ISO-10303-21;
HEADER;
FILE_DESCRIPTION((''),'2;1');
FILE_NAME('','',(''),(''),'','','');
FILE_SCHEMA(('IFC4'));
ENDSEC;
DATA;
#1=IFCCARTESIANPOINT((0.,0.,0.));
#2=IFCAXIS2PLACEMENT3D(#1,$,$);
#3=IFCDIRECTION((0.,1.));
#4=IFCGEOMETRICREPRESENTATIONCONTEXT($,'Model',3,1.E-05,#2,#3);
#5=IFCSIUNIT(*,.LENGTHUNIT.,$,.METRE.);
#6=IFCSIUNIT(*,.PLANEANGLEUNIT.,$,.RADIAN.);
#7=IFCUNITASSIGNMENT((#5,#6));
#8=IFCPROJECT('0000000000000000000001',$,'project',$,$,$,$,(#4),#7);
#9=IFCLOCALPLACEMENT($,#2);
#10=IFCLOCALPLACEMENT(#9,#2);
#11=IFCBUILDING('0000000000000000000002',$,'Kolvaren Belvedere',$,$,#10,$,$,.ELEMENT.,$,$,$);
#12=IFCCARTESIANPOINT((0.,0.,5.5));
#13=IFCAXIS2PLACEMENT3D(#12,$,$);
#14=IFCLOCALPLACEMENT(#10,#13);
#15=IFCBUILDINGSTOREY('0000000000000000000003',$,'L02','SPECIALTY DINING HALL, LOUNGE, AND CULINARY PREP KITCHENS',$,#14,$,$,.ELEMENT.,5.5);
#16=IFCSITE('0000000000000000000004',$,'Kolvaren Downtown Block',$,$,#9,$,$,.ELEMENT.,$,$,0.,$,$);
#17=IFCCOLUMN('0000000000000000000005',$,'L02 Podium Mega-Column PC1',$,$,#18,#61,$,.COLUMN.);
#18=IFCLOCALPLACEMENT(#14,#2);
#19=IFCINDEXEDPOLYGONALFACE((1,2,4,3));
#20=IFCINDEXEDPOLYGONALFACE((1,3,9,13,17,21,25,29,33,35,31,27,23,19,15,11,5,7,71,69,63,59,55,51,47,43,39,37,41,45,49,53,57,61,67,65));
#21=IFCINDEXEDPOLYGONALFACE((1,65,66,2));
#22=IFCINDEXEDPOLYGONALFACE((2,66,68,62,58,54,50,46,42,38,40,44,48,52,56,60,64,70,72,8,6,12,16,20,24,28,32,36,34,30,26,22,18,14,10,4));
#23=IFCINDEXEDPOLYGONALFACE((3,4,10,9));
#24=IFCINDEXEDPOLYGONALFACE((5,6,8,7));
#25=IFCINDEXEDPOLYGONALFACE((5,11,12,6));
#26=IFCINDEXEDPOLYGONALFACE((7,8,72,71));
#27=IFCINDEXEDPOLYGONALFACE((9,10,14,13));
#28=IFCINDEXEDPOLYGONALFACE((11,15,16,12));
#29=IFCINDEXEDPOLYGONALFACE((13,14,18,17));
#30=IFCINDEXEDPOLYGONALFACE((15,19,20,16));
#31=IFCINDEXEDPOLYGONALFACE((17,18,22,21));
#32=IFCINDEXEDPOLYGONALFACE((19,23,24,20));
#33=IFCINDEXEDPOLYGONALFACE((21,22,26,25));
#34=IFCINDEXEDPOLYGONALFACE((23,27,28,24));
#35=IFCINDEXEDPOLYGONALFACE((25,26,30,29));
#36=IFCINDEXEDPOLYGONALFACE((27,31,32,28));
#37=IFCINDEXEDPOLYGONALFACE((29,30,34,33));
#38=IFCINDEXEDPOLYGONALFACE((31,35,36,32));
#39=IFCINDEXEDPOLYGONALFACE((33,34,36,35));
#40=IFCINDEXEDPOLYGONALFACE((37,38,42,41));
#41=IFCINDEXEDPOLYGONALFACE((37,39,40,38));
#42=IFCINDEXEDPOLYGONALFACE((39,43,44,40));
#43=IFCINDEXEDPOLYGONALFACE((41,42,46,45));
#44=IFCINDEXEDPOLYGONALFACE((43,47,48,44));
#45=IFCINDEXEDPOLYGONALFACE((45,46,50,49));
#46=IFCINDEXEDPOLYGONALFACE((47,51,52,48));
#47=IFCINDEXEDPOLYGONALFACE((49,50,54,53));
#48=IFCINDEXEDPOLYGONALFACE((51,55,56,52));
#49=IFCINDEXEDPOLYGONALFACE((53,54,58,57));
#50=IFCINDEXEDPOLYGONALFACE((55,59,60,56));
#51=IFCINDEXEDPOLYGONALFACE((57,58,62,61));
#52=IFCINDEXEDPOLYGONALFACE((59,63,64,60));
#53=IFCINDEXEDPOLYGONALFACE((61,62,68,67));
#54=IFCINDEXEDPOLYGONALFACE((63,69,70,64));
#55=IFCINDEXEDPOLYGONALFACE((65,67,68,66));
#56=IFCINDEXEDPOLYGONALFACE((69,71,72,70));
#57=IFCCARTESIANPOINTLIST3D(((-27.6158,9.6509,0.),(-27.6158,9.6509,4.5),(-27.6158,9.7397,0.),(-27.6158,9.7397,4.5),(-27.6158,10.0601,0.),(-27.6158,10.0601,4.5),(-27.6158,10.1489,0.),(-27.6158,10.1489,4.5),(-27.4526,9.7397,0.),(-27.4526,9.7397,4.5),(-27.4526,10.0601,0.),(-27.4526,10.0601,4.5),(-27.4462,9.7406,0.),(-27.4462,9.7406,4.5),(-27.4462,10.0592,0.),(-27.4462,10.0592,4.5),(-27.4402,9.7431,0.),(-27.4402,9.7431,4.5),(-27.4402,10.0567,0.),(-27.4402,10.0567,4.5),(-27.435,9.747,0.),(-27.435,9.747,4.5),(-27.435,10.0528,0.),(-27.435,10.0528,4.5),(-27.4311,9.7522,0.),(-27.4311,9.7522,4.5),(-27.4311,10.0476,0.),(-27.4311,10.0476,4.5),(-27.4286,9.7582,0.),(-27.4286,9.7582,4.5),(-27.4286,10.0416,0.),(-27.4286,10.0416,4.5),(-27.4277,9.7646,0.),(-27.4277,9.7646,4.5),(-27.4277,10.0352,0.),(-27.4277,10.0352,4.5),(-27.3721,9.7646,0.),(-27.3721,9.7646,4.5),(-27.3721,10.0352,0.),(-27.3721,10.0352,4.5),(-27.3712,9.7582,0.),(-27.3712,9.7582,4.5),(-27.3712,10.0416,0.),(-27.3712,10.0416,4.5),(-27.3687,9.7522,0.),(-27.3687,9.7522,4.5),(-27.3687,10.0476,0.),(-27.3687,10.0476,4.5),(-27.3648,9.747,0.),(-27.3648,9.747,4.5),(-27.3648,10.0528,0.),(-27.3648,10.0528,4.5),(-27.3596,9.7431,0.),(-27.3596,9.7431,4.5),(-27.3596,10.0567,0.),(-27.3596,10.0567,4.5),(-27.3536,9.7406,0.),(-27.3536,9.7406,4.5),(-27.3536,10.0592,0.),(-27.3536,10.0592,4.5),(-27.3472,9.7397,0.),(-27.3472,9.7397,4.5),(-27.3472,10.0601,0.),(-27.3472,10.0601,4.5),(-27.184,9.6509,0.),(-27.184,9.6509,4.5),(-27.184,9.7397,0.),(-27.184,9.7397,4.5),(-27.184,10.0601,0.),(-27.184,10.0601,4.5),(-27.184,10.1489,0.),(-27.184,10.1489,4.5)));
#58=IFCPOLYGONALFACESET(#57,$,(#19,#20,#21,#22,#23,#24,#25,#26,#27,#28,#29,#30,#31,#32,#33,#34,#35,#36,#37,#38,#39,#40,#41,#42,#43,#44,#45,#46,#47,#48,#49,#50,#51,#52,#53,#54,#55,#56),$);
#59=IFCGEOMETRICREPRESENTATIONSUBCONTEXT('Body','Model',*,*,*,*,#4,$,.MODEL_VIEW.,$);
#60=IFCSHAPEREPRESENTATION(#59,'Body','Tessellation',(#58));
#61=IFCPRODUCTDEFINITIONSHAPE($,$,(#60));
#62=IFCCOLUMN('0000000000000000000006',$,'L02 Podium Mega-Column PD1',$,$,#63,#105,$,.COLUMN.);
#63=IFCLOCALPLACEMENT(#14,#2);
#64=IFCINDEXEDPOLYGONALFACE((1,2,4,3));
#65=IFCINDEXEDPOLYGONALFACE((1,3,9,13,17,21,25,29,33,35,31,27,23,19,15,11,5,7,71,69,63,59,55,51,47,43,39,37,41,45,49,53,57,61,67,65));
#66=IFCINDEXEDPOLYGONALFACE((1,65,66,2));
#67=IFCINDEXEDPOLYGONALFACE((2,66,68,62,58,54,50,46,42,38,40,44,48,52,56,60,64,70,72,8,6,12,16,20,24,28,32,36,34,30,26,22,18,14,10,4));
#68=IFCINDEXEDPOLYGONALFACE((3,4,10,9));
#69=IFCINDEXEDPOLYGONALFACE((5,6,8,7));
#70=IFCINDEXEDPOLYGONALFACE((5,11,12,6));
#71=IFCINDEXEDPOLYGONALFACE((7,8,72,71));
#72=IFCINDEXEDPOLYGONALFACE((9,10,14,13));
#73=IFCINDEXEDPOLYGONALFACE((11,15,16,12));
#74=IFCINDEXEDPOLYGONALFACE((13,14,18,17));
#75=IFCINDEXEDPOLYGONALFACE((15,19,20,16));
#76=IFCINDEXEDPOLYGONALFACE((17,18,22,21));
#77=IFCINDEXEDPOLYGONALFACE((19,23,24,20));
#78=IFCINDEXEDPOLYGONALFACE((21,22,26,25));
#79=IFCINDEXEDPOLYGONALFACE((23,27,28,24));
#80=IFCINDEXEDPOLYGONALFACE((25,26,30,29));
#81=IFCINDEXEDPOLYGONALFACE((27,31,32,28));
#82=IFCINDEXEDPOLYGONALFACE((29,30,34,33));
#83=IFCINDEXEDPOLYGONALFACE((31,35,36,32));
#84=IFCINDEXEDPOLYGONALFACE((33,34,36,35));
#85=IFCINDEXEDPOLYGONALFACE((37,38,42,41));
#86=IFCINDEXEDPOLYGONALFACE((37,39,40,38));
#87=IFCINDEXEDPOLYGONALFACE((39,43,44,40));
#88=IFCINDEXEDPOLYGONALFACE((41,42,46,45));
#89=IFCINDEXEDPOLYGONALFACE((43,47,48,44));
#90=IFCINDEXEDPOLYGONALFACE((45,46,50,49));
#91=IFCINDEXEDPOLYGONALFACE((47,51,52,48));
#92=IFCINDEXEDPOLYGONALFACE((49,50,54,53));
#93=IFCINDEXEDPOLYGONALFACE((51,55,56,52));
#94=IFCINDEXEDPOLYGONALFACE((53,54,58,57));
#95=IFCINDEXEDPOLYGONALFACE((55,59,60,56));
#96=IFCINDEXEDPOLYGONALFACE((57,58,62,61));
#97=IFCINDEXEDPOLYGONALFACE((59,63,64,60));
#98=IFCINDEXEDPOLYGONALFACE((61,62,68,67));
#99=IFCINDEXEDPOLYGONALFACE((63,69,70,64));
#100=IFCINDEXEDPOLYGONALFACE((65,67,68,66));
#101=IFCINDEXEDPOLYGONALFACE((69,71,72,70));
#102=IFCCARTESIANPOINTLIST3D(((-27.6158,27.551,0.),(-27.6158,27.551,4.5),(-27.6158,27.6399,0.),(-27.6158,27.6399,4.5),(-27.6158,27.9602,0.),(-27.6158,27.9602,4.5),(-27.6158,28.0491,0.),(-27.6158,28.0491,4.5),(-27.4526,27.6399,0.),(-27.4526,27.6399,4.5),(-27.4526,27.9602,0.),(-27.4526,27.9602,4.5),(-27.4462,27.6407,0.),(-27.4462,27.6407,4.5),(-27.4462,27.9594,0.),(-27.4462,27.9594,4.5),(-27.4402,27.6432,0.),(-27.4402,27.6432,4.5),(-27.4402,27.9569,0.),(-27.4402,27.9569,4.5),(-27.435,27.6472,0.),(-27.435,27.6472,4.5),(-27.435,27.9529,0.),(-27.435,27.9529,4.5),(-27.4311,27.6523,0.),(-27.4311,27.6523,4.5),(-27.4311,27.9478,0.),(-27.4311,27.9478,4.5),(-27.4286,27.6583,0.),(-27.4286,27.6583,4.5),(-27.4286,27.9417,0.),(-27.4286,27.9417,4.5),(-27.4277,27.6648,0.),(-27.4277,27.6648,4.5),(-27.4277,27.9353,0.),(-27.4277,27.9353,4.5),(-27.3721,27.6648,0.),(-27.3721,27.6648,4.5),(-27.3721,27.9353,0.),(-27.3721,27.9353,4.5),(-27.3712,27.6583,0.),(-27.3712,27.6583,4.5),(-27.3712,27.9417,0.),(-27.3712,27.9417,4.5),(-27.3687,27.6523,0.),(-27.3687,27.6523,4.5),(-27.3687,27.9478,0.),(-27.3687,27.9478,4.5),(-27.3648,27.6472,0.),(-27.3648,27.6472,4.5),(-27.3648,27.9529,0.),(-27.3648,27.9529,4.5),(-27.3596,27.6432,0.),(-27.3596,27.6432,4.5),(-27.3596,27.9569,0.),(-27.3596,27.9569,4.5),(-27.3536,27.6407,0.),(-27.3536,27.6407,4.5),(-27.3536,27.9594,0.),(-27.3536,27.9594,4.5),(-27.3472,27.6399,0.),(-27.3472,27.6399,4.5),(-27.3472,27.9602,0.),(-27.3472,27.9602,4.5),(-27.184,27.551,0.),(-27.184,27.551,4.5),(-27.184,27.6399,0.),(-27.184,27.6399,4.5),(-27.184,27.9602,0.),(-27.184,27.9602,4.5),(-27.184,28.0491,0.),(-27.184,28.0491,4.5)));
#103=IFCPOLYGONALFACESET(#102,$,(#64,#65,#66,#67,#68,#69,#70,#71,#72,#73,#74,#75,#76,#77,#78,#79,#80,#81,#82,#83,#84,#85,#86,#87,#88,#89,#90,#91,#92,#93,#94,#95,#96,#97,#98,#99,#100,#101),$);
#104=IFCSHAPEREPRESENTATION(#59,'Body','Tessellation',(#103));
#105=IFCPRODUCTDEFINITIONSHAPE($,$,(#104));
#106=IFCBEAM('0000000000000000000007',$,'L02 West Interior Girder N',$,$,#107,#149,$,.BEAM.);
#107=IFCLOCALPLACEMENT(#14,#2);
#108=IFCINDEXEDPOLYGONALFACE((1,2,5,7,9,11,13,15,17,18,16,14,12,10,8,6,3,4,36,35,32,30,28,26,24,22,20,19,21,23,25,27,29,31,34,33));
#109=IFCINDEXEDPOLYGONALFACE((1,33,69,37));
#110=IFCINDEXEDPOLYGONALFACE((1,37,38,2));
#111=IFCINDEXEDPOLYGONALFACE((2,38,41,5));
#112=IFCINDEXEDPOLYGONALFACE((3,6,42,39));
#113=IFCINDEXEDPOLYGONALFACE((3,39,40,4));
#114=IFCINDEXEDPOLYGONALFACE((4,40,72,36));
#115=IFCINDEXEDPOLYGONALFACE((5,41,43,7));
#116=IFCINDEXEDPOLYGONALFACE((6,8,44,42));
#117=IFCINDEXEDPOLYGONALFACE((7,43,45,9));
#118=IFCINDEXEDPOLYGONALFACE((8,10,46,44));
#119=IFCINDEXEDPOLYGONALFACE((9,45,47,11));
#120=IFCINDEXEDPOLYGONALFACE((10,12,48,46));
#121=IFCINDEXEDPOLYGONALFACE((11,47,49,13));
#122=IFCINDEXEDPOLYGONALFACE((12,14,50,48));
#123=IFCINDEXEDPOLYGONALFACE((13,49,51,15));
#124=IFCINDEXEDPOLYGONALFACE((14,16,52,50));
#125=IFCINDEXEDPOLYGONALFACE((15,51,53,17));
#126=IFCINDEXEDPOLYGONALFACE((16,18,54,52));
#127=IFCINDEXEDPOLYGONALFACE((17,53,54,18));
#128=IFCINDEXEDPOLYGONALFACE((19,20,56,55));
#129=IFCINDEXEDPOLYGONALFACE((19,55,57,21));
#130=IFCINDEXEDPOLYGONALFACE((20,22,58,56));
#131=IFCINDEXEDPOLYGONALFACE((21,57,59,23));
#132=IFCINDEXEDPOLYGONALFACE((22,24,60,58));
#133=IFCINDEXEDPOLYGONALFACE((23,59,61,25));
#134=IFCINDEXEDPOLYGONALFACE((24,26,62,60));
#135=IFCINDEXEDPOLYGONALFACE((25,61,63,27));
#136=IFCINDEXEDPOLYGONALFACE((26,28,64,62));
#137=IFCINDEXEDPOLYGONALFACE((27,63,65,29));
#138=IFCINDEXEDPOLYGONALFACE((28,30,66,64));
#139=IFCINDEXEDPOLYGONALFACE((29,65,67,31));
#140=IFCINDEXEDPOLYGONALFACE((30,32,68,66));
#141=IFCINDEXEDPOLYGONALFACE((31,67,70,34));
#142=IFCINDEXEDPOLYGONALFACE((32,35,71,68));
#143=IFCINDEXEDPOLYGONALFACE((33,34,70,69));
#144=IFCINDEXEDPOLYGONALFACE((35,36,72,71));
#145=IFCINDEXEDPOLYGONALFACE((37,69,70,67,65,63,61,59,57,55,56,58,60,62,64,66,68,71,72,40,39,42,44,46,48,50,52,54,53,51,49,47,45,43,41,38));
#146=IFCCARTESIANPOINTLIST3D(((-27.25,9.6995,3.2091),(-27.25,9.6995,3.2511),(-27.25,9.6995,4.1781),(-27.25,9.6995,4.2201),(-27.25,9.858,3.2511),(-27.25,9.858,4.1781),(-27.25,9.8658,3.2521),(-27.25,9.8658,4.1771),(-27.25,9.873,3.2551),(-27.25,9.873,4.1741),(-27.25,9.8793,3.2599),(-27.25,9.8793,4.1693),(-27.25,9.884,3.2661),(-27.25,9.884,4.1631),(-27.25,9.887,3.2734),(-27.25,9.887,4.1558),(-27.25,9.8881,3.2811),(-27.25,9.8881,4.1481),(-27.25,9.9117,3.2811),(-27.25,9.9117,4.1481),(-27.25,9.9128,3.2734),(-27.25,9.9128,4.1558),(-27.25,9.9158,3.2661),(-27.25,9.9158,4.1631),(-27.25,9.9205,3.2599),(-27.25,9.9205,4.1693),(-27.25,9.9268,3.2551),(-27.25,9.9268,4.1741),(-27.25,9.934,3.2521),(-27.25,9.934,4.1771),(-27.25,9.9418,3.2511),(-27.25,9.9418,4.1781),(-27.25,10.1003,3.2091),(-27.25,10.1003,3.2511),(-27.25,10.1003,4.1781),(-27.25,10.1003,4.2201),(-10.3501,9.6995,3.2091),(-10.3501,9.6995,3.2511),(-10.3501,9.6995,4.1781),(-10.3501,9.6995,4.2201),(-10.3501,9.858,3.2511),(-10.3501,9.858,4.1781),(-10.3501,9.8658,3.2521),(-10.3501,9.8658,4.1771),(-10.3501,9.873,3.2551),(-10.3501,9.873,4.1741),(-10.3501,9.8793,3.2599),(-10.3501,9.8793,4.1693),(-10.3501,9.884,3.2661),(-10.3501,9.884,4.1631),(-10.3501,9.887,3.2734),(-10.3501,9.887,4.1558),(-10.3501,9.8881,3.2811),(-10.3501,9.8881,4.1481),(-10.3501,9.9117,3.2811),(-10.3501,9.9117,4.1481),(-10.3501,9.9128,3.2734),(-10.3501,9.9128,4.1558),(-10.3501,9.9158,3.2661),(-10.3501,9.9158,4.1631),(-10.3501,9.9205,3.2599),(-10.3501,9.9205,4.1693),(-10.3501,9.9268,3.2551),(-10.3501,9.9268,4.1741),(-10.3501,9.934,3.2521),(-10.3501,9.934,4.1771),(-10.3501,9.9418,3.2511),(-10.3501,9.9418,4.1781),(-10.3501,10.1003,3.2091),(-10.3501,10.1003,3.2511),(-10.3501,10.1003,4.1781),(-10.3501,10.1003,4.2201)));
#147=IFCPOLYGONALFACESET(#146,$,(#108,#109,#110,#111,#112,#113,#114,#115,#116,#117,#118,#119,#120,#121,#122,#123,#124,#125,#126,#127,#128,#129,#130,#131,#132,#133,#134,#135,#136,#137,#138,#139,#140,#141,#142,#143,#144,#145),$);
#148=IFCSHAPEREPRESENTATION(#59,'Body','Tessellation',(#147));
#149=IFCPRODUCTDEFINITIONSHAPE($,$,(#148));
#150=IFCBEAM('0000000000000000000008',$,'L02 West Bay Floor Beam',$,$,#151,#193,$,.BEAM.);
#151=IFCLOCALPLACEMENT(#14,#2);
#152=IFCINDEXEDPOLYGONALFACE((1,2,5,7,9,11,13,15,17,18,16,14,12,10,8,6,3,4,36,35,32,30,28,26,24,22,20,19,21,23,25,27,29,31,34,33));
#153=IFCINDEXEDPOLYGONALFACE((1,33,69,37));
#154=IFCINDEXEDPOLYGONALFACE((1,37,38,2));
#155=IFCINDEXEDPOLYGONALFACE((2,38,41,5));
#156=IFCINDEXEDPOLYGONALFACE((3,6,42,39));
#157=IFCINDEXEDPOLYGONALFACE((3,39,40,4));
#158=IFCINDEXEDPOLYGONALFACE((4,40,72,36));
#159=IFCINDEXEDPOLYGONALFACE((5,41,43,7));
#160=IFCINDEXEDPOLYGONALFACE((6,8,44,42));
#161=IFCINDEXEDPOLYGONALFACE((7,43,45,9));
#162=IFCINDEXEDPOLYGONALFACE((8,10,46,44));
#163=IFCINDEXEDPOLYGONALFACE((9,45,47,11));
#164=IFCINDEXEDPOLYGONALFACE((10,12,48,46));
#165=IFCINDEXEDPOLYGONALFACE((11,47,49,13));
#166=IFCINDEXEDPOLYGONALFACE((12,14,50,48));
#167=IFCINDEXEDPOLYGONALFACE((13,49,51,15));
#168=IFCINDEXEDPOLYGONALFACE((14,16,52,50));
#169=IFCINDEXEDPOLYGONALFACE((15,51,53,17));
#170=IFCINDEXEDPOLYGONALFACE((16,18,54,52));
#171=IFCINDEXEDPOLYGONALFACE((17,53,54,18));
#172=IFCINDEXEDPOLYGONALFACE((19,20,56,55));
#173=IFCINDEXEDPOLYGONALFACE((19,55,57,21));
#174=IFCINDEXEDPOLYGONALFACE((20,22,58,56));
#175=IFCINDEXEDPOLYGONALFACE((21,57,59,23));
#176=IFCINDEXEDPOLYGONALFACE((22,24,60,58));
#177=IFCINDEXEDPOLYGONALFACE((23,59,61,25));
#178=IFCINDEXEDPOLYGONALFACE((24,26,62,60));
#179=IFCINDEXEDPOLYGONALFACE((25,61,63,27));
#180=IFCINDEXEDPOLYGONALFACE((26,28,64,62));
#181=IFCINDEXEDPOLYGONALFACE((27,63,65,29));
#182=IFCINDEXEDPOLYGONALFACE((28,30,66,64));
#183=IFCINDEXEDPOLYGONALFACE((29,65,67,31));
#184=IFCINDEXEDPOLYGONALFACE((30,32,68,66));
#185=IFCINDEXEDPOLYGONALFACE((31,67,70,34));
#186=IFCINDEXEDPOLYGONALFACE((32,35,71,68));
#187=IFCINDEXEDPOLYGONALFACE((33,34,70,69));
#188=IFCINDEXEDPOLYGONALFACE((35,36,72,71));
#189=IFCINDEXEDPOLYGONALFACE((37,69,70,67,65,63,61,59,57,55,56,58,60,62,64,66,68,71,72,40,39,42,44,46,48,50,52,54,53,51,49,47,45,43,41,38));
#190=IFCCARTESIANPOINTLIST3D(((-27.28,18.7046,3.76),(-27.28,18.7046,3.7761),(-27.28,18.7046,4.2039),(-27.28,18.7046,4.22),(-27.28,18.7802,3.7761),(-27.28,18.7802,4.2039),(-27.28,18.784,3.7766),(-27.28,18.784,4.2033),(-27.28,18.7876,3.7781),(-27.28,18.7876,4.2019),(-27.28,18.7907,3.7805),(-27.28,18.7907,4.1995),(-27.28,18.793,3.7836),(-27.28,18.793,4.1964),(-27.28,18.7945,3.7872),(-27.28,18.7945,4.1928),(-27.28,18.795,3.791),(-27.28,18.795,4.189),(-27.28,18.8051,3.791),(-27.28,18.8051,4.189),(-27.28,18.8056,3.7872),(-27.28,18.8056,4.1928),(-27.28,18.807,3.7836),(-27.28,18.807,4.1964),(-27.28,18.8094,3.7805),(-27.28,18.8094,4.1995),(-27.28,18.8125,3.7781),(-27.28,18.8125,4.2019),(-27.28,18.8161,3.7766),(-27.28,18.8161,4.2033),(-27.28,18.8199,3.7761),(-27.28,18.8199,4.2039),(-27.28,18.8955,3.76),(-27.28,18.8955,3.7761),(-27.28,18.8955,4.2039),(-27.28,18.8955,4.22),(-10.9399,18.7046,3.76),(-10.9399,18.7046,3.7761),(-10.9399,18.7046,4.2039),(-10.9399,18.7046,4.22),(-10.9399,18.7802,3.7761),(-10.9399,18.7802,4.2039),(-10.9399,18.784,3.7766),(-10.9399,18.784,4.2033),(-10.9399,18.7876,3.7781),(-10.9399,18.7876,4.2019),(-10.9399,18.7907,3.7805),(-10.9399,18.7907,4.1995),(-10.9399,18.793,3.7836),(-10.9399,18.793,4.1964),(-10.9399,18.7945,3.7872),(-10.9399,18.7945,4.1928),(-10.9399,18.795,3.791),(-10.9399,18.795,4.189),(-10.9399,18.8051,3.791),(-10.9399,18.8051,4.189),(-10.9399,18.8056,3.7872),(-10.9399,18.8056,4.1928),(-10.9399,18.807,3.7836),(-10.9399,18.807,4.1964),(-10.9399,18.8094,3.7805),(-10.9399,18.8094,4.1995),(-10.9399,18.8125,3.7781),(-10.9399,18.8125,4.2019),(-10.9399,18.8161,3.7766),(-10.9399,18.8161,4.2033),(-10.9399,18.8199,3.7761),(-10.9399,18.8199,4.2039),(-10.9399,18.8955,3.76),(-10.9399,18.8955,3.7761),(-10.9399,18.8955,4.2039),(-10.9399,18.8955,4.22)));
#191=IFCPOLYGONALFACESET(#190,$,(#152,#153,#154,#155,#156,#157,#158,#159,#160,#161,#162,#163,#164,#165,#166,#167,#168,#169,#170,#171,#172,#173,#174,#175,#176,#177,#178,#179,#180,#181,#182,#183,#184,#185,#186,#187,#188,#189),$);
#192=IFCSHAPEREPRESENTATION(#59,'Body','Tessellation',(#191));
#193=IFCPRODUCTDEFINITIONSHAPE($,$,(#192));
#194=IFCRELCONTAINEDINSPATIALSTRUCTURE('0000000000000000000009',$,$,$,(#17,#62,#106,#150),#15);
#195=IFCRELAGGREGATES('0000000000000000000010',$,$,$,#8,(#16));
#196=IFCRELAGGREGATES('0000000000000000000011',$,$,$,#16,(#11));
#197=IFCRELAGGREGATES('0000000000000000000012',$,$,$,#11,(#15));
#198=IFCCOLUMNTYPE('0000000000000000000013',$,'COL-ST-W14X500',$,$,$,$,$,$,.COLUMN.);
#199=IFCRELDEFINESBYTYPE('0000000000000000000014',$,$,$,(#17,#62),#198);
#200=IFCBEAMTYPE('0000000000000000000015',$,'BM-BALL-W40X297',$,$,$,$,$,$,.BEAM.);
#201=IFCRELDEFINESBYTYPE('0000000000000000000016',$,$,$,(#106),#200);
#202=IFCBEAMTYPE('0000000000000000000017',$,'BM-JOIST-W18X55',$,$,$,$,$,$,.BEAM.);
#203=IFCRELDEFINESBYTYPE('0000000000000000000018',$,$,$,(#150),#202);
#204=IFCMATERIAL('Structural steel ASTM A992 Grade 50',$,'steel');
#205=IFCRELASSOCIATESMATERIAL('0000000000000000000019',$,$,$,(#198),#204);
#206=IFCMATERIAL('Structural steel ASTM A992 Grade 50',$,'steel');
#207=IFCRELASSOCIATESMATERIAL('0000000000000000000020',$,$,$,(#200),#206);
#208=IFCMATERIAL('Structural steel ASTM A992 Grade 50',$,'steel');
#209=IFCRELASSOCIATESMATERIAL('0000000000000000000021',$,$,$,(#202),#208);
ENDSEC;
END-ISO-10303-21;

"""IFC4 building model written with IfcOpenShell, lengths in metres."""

from ifc_helpers import new_model, si_unit, direction, frame, origin, origin_2d, place, context, subcontext, project, spatial, i_section, extrude, material, material_profile, profile_set, type_object, element, save


model = new_model("IFC4")

# Units and contexts
model_context = context("Model", 3, precision=1e-05, world=origin(), true_north=direction((0.0, 1.0)))
body_context = subcontext(model_context, "Body", "Model", "MODEL_VIEW")
ifc_project = project(units=[si_unit("LENGTHUNIT", "METRE"), si_unit("PLANEANGLEUNIT", "RADIAN")], contexts=[model_context])

# Site, building, storey
site_placement = place(None, origin())
site = spatial("IfcSite", under=ifc_project, at=site_placement, Name="Kolvaren Downtown Block", CompositionType="ELEMENT", RefElevation=0.0)
building_placement = place(site_placement, origin())
building = spatial("IfcBuilding", under=site, at=building_placement, Name="Kolvaren Belvedere", CompositionType="ELEMENT")
storey_placement = place(building_placement, frame((0.0, 0.0, 5.5)))
storey = spatial("IfcBuildingStorey", under=building, at=storey_placement, Name="L02", Description="SPECIALTY DINING HALL, LOUNGE, AND CULINARY PREP KITCHENS", CompositionType="ELEMENT", Elevation=5.5)

# Columns
ifc_material_1 = material(Name="Structural steel ASTM A992 Grade 50", Category="steel")
ifc_material_profile_1 = material_profile(ifc_material_1, i_section(OverallWidth=0.4319, OverallDepth=0.498, WebThickness=0.0557, FlangeThickness=0.0889, FilletRadius=0.0249, at=origin_2d()), Name="W14X500")
ifc_profile_set_1 = profile_set([ifc_material_profile_1], Name="Structural steel ASTM A992 Grade 50")
column_type = type_object("IfcColumnType", Name="COL-ST-W14X500", PredefinedType="COLUMN", material=ifc_profile_set_1)
for number, where, z_axis, x_axis, name in (
    (1, (-27.3999, 9.8999, 0.0), (0.0, 0.0, 1.0), (1.0, 0.0, 0.0), "L02 Podium Mega-Column PC1"),
    (2, (-27.3999, 27.8, 0.0), (0.0, 0.0, 1.0), (1.0, 0.0, 0.0), "L02 Podium Mega-Column PD1"),
):
    element("IfcColumn", number, at=place(storey_placement, frame(where, z_axis=z_axis, x_axis=x_axis)), inside=storey, type_object=column_type, Name=name, PredefinedType="COLUMN", context=body_context, shape_type="SweptSolid", body=[
        extrude(i_section(OverallWidth=0.4319, OverallDepth=0.498, WebThickness=0.0557, FlangeThickness=0.0889, FilletRadius=0.0249, at=origin_2d()), origin(), (0.0, 0.0, 1.0), 4.5),
    ])

# Beams
ifc_material_2 = material(Name="Structural steel ASTM A992 Grade 50", Category="steel")
ifc_material_profile_2 = material_profile(ifc_material_2, i_section(OverallWidth=0.4009, OverallDepth=1.011, WebThickness=0.0237, FlangeThickness=0.042, FilletRadius=0.03, at=origin_2d()), Name="W40X297")
ifc_profile_set_2 = profile_set([ifc_material_profile_2], Name="Structural steel ASTM A992 Grade 50")
beam_type_1 = type_object("IfcBeamType", Name="BM-BALL-W40X297", PredefinedType="BEAM", material=ifc_profile_set_2)
beam_1_placement = place(storey_placement, frame((-27.25, 9.8999, 3.7146), z_axis=(1.0, 0.0, 0.0), x_axis=(0.0, 1.0, 0.0)))
element("IfcBeam", 3, at=beam_1_placement, inside=storey, type_object=beam_type_1, Name="L02 West Interior Girder N", PredefinedType="BEAM", context=body_context, shape_type="SweptSolid", body=[
    extrude(i_section(OverallWidth=0.4009, OverallDepth=1.011, WebThickness=0.0237, FlangeThickness=0.042, FilletRadius=0.03, at=origin_2d()), origin(), (0.0, 0.0, 1.0), 16.8999),
])
ifc_material_3 = material(Name="Structural steel ASTM A992 Grade 50", Category="steel")
ifc_material_profile_3 = material_profile(ifc_material_3, i_section(OverallWidth=0.1909, OverallDepth=0.46, WebThickness=0.01, FlangeThickness=0.0161, FilletRadius=0.0149, at=origin_2d()), Name="W18X55")
ifc_profile_set_3 = profile_set([ifc_material_profile_3], Name="Structural steel ASTM A992 Grade 50")
beam_type_2 = type_object("IfcBeamType", Name="BM-JOIST-W18X55", PredefinedType="BEAM", material=ifc_profile_set_3)
beam_2_placement = place(storey_placement, frame((-27.28, 18.8, 3.99), z_axis=(1.0, 0.0, 0.0), x_axis=(0.0, 1.0, 0.0)))
element("IfcBeam", 4, at=beam_2_placement, inside=storey, type_object=beam_type_2, Name="L02 West Bay Floor Beam", PredefinedType="BEAM", context=body_context, shape_type="SweptSolid", body=[
    extrude(i_section(OverallWidth=0.1909, OverallDepth=0.46, WebThickness=0.01, FlangeThickness=0.0161, FilletRadius=0.0149, at=origin_2d()), origin(), (0.0, 0.0, 1.0), 16.3401),
])

save(model, "model.ifc")
